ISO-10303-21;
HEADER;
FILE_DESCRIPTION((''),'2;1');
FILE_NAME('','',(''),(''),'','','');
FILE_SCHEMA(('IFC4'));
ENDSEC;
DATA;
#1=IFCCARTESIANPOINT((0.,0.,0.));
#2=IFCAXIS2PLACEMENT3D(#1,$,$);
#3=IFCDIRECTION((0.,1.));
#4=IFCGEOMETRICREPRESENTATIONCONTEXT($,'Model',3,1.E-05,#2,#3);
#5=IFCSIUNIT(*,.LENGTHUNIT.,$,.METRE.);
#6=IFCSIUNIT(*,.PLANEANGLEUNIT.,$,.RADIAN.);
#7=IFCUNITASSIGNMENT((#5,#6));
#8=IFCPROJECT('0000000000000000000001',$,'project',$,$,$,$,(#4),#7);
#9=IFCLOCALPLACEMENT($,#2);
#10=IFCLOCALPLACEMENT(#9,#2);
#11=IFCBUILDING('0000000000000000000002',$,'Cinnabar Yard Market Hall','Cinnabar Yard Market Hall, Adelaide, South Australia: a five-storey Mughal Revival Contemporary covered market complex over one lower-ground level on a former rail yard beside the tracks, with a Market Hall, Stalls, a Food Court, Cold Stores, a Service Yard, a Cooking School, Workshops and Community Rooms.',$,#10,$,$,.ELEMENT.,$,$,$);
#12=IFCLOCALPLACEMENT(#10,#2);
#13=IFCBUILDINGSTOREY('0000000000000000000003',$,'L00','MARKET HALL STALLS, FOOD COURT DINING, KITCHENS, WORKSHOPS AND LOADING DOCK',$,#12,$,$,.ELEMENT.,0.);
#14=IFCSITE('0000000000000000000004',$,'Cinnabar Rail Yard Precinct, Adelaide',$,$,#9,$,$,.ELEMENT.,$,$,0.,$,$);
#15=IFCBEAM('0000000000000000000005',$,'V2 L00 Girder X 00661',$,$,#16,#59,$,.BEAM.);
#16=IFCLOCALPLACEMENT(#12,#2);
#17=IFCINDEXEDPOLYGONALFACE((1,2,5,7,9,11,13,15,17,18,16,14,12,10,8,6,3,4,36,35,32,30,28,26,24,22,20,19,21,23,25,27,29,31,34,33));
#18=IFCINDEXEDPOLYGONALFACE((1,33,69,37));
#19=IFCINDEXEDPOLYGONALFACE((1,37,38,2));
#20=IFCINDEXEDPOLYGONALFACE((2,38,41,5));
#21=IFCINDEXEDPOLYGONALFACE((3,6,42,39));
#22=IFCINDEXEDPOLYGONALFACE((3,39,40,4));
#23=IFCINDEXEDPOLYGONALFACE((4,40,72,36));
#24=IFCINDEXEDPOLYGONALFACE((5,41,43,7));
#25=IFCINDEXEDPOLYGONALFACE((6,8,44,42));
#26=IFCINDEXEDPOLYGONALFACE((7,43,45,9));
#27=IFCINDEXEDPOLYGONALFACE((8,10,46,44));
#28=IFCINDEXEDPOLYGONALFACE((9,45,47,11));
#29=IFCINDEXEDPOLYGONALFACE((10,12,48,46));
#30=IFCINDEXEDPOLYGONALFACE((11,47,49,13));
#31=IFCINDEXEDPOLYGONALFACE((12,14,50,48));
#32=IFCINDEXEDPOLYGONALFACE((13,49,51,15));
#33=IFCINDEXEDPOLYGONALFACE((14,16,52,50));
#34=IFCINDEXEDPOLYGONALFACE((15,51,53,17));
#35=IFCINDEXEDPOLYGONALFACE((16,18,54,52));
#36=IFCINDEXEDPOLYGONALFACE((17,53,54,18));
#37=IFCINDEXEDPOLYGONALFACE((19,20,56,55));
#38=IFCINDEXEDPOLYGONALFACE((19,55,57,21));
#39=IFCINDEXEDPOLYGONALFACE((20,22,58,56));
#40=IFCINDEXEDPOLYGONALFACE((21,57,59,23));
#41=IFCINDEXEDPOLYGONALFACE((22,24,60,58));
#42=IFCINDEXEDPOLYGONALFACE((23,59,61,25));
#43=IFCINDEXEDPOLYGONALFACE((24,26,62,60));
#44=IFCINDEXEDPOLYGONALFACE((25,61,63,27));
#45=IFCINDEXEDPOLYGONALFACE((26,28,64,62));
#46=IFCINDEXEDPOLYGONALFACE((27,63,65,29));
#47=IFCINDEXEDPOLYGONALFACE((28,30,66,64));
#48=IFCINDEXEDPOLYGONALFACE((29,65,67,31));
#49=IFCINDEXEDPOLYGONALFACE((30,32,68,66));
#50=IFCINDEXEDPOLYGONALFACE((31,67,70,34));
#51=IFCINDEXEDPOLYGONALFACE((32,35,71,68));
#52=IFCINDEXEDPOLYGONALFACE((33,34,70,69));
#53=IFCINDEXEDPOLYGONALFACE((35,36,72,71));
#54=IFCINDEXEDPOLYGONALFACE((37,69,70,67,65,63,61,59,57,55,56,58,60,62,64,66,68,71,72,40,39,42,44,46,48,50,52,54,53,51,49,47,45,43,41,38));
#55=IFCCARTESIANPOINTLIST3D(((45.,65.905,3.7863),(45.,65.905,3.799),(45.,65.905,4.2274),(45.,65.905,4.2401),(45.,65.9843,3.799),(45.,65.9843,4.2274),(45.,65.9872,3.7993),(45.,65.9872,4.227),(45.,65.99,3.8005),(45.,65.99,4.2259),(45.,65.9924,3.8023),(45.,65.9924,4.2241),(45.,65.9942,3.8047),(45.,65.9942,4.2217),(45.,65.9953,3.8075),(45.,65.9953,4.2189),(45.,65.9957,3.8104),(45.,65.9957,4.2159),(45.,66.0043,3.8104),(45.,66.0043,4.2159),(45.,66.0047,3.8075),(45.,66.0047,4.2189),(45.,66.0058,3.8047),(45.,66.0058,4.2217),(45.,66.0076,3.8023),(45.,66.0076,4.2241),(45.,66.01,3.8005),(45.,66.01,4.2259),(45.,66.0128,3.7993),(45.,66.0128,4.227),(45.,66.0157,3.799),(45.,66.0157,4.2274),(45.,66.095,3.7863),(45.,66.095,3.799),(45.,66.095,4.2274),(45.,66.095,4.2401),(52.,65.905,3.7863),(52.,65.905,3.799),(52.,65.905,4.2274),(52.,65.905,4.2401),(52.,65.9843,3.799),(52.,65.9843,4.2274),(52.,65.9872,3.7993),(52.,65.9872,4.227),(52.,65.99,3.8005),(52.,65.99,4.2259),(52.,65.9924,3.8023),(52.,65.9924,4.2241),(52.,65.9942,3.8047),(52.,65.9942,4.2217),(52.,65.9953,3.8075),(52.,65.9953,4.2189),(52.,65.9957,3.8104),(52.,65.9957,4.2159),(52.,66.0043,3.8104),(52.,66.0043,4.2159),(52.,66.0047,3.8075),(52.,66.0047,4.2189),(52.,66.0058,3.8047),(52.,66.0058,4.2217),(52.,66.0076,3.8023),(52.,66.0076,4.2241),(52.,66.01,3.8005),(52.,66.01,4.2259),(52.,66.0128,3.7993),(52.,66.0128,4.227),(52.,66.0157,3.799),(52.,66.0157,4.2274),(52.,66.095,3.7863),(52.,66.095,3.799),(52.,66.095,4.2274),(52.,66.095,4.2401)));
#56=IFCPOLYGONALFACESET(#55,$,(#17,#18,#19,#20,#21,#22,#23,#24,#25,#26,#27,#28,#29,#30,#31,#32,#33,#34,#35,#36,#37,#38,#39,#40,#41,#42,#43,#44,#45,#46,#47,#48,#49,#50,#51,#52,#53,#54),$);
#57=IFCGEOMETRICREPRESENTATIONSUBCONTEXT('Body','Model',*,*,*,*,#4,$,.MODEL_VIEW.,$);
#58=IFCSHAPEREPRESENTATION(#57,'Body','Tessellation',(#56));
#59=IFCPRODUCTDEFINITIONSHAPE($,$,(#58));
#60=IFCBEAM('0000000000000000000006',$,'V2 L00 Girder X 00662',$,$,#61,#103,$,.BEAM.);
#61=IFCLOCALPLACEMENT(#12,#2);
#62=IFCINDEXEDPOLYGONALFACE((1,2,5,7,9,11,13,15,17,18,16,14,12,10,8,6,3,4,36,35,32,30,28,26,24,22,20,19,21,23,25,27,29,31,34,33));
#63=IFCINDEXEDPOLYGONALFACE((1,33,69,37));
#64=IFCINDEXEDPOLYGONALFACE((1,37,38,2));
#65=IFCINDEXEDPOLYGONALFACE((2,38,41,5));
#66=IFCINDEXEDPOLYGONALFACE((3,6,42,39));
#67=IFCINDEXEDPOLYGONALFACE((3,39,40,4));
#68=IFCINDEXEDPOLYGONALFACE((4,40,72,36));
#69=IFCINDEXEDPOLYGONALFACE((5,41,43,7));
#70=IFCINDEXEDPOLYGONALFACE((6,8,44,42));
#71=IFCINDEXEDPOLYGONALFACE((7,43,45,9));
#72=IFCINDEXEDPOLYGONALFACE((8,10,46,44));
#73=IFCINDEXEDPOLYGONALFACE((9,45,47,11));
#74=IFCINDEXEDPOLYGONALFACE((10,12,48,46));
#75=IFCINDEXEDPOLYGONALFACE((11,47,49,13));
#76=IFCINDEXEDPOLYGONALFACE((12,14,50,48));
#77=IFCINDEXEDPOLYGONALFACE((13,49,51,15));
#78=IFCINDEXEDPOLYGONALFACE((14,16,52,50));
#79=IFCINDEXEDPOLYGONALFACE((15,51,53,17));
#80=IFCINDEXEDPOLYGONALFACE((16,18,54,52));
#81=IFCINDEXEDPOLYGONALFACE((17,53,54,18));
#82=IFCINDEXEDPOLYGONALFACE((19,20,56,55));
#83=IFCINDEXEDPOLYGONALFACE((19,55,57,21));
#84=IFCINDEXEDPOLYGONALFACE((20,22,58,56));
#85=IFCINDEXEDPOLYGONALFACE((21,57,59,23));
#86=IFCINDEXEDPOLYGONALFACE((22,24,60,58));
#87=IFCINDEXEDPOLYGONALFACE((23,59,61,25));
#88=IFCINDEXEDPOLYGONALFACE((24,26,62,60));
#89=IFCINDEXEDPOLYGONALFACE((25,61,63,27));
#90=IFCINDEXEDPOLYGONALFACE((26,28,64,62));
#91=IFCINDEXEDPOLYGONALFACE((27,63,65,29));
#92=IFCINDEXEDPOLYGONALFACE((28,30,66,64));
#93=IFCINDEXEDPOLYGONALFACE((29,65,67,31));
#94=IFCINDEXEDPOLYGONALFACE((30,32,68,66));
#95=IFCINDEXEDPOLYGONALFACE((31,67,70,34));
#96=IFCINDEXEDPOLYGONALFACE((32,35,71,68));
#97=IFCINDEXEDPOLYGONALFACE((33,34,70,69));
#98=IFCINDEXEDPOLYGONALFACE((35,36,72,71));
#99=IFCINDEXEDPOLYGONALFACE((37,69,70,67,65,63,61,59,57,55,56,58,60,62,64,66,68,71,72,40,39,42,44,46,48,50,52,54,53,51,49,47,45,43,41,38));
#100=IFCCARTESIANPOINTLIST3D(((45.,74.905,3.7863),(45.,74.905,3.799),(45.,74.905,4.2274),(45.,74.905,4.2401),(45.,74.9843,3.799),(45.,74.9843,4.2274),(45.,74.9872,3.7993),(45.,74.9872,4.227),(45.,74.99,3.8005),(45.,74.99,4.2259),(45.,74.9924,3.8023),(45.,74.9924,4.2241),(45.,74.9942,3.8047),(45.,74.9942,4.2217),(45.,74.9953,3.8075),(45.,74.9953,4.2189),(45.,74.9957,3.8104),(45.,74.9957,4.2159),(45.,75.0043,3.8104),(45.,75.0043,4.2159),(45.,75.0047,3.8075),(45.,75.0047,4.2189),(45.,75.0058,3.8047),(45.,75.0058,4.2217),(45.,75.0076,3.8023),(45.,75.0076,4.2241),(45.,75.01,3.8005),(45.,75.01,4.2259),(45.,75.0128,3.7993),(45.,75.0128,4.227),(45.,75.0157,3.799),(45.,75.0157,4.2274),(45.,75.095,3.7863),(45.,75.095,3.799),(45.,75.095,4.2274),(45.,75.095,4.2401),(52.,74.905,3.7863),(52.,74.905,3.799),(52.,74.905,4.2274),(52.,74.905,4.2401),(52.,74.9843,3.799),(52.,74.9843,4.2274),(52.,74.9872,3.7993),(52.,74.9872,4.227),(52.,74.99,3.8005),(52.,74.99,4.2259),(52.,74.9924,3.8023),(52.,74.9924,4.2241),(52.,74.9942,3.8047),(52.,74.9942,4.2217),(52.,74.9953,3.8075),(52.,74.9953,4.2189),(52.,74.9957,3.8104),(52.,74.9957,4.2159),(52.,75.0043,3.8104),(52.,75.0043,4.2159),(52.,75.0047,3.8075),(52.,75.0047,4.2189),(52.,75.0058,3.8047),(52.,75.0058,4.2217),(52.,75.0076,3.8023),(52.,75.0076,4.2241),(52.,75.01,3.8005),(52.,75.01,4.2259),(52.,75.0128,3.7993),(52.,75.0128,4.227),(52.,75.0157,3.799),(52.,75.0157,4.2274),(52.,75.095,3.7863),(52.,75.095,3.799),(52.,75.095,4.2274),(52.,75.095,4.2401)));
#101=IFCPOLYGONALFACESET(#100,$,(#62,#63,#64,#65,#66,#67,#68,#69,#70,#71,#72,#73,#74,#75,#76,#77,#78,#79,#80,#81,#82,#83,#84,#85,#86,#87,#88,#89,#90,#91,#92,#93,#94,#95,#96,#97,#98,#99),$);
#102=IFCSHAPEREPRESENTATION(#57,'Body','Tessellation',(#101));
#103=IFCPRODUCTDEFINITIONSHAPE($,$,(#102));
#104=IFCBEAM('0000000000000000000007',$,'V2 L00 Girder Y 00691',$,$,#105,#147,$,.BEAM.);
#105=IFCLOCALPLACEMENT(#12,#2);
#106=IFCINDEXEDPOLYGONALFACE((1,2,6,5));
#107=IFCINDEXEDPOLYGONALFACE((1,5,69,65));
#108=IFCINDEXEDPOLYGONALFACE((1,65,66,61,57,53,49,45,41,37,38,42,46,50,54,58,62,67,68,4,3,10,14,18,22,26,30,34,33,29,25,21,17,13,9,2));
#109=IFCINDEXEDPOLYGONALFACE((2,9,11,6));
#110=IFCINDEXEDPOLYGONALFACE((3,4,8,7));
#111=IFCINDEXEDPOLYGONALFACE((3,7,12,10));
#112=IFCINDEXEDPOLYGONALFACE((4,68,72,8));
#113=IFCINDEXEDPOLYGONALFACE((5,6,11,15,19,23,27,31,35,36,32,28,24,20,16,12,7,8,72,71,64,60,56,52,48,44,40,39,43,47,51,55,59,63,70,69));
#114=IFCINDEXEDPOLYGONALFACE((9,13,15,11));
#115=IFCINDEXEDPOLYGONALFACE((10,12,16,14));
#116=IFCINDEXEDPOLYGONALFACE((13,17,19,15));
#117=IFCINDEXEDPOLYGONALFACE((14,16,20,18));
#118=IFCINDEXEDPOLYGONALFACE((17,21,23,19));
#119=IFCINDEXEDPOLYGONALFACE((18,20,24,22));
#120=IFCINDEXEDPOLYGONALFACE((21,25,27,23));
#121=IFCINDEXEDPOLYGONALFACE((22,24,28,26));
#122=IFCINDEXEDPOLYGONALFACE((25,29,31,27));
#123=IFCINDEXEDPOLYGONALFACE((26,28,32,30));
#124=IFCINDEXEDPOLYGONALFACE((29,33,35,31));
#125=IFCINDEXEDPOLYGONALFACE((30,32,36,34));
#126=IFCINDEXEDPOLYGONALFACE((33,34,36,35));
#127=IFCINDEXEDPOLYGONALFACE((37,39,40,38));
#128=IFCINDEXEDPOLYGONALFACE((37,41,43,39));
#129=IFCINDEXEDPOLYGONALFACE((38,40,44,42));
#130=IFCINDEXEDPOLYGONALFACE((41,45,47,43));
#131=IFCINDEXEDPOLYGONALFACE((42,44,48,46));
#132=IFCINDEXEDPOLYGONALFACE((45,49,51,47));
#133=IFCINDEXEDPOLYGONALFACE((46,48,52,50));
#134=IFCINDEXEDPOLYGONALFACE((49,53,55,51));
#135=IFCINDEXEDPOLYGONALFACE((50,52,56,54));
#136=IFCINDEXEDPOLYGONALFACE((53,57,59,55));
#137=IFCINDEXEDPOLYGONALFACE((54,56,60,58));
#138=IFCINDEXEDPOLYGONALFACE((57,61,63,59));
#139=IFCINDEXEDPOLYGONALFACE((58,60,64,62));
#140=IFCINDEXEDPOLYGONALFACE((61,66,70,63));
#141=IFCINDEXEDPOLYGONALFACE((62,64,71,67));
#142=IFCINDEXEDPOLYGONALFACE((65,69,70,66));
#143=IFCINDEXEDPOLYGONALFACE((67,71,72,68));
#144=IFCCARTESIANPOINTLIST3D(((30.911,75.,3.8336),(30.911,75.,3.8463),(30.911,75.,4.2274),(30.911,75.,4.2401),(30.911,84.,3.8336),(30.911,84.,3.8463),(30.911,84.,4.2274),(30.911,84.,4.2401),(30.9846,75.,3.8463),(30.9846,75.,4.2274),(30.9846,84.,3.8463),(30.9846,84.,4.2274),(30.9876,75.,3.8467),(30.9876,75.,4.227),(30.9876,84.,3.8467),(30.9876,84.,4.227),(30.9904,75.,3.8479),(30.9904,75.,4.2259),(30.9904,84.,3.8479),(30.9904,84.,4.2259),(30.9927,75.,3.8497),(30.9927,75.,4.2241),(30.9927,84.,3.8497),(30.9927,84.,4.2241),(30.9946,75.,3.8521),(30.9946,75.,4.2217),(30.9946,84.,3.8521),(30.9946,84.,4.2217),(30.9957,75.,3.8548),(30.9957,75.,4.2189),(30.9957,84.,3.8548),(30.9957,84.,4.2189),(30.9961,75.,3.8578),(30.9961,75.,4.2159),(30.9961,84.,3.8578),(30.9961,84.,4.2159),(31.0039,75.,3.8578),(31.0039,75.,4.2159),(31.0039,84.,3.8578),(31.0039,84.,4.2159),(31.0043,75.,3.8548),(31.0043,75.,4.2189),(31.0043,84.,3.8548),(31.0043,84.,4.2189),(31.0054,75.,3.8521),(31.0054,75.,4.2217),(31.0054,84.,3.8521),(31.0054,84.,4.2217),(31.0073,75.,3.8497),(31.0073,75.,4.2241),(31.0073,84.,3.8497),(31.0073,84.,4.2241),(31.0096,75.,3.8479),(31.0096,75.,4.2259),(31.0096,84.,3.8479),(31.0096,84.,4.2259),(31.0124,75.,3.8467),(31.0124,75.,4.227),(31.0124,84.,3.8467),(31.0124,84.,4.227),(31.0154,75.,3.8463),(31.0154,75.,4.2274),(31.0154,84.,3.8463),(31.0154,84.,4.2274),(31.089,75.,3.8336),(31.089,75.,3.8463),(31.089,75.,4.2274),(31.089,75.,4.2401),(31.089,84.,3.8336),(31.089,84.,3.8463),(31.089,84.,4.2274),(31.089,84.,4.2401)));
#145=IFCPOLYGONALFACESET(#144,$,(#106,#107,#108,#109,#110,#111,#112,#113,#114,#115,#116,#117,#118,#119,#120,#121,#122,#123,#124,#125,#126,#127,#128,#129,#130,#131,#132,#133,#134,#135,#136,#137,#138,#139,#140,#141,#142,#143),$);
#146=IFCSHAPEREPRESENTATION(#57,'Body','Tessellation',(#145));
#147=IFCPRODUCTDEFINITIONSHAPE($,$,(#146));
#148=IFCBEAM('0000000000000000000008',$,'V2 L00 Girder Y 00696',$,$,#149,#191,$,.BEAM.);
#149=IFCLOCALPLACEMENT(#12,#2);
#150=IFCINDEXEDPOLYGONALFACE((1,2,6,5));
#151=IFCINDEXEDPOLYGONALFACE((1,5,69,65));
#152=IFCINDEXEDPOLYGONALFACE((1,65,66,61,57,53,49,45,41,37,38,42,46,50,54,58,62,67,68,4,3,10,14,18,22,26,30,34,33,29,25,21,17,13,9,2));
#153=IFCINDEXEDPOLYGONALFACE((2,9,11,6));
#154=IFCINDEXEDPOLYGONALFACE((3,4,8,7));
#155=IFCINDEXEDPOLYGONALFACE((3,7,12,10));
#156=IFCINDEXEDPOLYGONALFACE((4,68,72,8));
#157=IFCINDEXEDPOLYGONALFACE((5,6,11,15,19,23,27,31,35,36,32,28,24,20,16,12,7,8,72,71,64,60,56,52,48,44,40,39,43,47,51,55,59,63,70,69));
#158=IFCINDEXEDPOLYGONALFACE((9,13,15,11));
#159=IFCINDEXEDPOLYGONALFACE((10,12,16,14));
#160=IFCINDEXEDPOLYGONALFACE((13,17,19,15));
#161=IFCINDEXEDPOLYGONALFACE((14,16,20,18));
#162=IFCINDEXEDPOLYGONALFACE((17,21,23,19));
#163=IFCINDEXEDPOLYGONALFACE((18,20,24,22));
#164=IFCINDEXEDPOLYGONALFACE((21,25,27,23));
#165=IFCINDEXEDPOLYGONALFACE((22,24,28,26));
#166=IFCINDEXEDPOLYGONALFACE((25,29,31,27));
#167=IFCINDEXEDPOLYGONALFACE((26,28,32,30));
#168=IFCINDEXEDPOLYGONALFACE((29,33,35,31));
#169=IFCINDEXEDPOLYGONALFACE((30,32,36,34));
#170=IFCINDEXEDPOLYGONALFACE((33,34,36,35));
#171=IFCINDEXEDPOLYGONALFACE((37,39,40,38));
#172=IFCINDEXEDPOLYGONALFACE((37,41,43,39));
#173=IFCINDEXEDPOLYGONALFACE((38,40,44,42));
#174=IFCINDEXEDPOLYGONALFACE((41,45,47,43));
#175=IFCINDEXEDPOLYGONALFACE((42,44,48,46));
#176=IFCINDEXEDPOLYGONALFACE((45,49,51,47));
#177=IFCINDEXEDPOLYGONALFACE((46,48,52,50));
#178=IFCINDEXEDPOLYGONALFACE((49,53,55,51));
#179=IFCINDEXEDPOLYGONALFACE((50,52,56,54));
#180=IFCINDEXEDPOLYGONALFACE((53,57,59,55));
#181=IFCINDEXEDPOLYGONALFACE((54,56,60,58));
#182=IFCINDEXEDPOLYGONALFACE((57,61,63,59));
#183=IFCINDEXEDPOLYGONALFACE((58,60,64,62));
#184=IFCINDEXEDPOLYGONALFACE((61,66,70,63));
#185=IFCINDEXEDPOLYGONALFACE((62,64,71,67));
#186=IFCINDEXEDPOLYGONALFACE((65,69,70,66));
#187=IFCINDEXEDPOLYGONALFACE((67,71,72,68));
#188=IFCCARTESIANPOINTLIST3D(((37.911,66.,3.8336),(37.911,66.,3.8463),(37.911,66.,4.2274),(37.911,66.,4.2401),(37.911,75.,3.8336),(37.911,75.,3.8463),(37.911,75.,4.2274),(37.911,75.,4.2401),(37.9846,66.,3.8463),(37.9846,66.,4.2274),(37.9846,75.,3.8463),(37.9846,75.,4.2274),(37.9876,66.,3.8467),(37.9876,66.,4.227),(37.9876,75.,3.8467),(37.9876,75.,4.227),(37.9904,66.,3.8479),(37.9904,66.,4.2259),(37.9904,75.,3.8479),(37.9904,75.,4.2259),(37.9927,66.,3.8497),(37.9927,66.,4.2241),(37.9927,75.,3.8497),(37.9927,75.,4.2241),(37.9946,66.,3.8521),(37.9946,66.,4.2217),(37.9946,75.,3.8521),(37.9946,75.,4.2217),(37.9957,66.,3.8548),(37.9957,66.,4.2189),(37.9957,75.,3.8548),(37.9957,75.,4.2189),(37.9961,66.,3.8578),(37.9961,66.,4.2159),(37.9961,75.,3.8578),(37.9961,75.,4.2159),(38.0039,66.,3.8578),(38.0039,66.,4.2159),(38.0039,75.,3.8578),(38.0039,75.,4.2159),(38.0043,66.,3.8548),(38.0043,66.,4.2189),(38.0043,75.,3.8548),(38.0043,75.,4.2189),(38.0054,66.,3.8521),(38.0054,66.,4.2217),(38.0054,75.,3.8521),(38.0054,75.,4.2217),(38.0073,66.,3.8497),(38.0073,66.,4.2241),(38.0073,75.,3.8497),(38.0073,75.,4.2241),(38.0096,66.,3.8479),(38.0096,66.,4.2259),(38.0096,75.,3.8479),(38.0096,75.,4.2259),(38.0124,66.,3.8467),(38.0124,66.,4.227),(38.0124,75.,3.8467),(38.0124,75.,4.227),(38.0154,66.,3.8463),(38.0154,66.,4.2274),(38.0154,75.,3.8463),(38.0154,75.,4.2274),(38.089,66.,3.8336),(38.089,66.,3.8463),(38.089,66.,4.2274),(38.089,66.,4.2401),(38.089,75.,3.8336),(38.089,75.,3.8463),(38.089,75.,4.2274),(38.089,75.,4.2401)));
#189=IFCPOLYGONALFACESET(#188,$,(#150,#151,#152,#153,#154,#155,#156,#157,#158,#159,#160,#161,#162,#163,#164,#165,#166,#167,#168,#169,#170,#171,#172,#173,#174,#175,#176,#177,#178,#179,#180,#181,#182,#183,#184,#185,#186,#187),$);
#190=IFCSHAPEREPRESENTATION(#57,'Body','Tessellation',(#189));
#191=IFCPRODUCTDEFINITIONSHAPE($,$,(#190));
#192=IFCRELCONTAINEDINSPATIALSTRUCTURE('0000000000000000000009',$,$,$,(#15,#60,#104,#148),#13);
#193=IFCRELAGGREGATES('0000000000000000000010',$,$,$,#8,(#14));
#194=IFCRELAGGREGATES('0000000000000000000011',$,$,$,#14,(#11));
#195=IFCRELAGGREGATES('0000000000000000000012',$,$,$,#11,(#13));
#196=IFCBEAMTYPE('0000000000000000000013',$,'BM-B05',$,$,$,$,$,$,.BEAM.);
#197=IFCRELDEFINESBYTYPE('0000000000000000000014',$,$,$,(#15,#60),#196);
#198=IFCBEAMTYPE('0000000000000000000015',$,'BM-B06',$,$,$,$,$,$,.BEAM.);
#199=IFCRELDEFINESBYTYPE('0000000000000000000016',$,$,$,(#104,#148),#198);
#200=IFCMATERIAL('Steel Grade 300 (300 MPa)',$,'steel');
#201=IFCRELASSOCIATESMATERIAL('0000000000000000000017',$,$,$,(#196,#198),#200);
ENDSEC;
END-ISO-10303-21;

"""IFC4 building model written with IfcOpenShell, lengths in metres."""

from ifc_helpers import new_model, si_unit, direction, frame, origin, origin_2d_with_axis, place, context, subcontext, project, spatial, i_section, extrude, material, material_profile, profile_set, type_object, element, save


model = new_model("IFC4")

# Units and contexts
model_context = context("Model", 3, precision=1e-05, world=origin(), true_north=direction((0.0, 1.0)))
body_context = subcontext(model_context, "Body", "Model", "MODEL_VIEW")
ifc_project = project(units=[si_unit("LENGTHUNIT", "METRE"), si_unit("PLANEANGLEUNIT", "RADIAN")], contexts=[model_context])

# Site, building, storey
site_placement = place(None, origin())
site = spatial("IfcSite", under=ifc_project, at=site_placement, Name="Cinnabar Rail Yard Precinct, Adelaide", CompositionType="ELEMENT", RefElevation=0.0)
building_placement = place(site_placement, origin())
building = spatial("IfcBuilding", under=site, at=building_placement, Name="Cinnabar Yard Market Hall", Description="Cinnabar Yard Market Hall, Adelaide, South Australia: a five-storey Mughal Revival Contemporary covered market complex over one lower-ground level on a former rail yard beside the tracks, with a Market Hall, Stalls, a Food Court, Cold Stores, a Service Yard, a Cooking School, Workshops and Community Rooms.", CompositionType="ELEMENT")
storey_placement = place(building_placement, origin())
storey = spatial("IfcBuildingStorey", under=building, at=storey_placement, Name="L00", Description="MARKET HALL STALLS, FOOD COURT DINING, KITCHENS, WORKSHOPS AND LOADING DOCK", CompositionType="ELEMENT", Elevation=0.0)

# Shared definitions
ifc_material_1 = material(Name="Steel Grade 300 (300 MPa)", Category="steel")

# Beams
ifc_material_profile_1 = material_profile(ifc_material_1, i_section(OverallWidth=0.1899, OverallDepth=0.4539, WebThickness=0.0085, FlangeThickness=0.0127, FilletRadius=0.0115, at=origin_2d_with_axis()), Name="460UB67.1")
ifc_profile_set_1 = profile_set([ifc_material_profile_1], Name="Steel Grade 300 (300 MPa)")
beam_type_1 = type_object("IfcBeamType", Name="BM-B05", PredefinedType="BEAM", material=ifc_profile_set_1)
for number, where, z_axis, x_axis, name in (
    (1, (45.0, 66.0, 4.0132), (1.0, 0.0, 0.0), (0.0, 1.0, 0.0), "V2 L00 Girder X 00661"),
    (2, (45.0, 75.0, 4.0132), (1.0, 0.0, 0.0), (0.0, 1.0, 0.0), "V2 L00 Girder X 00662"),
):
    element("IfcBeam", number, at=place(storey_placement, frame(where, z_axis=z_axis, x_axis=x_axis)), inside=storey, type_object=beam_type_1, Name=name, PredefinedType="BEAM", context=body_context, shape_type="SweptSolid", body=[
        extrude(i_section(OverallWidth=0.1899, OverallDepth=0.4539, WebThickness=0.0085, FlangeThickness=0.0127, FilletRadius=0.0115, at=origin_2d_with_axis()), origin(), (0.0, 0.0, 1.0), 7.0),
    ])
ifc_material_profile_2 = material_profile(ifc_material_1, i_section(OverallWidth=0.178, OverallDepth=0.4065, WebThickness=0.0078, FlangeThickness=0.0127, FilletRadius=0.0115, at=origin_2d_with_axis()), Name="410UB59.7")
ifc_profile_set_2 = profile_set([ifc_material_profile_2], Name="Steel Grade 300 (300 MPa)")
beam_type_2 = type_object("IfcBeamType", Name="BM-B06", PredefinedType="BEAM", material=ifc_profile_set_2)
for number, where, z_axis, x_axis, name in (
    (3, (31.0, 75.0, 4.0369), (0.0, 1.0, 0.0), (-1.0, 0.0, 0.0), "V2 L00 Girder Y 00691"),
    (4, (38.0, 66.0, 4.0369), (0.0, 1.0, 0.0), (-1.0, 0.0, 0.0), "V2 L00 Girder Y 00696"),
):
    element("IfcBeam", number, at=place(storey_placement, frame(where, z_axis=z_axis, x_axis=x_axis)), inside=storey, type_object=beam_type_2, Name=name, PredefinedType="BEAM", context=body_context, shape_type="SweptSolid", body=[
        extrude(i_section(OverallWidth=0.178, OverallDepth=0.4065, WebThickness=0.0078, FlangeThickness=0.0127, FilletRadius=0.0115, at=origin_2d_with_axis()), origin(), (0.0, 0.0, 1.0), 9.0),
    ])

save(model, "model.ifc")
